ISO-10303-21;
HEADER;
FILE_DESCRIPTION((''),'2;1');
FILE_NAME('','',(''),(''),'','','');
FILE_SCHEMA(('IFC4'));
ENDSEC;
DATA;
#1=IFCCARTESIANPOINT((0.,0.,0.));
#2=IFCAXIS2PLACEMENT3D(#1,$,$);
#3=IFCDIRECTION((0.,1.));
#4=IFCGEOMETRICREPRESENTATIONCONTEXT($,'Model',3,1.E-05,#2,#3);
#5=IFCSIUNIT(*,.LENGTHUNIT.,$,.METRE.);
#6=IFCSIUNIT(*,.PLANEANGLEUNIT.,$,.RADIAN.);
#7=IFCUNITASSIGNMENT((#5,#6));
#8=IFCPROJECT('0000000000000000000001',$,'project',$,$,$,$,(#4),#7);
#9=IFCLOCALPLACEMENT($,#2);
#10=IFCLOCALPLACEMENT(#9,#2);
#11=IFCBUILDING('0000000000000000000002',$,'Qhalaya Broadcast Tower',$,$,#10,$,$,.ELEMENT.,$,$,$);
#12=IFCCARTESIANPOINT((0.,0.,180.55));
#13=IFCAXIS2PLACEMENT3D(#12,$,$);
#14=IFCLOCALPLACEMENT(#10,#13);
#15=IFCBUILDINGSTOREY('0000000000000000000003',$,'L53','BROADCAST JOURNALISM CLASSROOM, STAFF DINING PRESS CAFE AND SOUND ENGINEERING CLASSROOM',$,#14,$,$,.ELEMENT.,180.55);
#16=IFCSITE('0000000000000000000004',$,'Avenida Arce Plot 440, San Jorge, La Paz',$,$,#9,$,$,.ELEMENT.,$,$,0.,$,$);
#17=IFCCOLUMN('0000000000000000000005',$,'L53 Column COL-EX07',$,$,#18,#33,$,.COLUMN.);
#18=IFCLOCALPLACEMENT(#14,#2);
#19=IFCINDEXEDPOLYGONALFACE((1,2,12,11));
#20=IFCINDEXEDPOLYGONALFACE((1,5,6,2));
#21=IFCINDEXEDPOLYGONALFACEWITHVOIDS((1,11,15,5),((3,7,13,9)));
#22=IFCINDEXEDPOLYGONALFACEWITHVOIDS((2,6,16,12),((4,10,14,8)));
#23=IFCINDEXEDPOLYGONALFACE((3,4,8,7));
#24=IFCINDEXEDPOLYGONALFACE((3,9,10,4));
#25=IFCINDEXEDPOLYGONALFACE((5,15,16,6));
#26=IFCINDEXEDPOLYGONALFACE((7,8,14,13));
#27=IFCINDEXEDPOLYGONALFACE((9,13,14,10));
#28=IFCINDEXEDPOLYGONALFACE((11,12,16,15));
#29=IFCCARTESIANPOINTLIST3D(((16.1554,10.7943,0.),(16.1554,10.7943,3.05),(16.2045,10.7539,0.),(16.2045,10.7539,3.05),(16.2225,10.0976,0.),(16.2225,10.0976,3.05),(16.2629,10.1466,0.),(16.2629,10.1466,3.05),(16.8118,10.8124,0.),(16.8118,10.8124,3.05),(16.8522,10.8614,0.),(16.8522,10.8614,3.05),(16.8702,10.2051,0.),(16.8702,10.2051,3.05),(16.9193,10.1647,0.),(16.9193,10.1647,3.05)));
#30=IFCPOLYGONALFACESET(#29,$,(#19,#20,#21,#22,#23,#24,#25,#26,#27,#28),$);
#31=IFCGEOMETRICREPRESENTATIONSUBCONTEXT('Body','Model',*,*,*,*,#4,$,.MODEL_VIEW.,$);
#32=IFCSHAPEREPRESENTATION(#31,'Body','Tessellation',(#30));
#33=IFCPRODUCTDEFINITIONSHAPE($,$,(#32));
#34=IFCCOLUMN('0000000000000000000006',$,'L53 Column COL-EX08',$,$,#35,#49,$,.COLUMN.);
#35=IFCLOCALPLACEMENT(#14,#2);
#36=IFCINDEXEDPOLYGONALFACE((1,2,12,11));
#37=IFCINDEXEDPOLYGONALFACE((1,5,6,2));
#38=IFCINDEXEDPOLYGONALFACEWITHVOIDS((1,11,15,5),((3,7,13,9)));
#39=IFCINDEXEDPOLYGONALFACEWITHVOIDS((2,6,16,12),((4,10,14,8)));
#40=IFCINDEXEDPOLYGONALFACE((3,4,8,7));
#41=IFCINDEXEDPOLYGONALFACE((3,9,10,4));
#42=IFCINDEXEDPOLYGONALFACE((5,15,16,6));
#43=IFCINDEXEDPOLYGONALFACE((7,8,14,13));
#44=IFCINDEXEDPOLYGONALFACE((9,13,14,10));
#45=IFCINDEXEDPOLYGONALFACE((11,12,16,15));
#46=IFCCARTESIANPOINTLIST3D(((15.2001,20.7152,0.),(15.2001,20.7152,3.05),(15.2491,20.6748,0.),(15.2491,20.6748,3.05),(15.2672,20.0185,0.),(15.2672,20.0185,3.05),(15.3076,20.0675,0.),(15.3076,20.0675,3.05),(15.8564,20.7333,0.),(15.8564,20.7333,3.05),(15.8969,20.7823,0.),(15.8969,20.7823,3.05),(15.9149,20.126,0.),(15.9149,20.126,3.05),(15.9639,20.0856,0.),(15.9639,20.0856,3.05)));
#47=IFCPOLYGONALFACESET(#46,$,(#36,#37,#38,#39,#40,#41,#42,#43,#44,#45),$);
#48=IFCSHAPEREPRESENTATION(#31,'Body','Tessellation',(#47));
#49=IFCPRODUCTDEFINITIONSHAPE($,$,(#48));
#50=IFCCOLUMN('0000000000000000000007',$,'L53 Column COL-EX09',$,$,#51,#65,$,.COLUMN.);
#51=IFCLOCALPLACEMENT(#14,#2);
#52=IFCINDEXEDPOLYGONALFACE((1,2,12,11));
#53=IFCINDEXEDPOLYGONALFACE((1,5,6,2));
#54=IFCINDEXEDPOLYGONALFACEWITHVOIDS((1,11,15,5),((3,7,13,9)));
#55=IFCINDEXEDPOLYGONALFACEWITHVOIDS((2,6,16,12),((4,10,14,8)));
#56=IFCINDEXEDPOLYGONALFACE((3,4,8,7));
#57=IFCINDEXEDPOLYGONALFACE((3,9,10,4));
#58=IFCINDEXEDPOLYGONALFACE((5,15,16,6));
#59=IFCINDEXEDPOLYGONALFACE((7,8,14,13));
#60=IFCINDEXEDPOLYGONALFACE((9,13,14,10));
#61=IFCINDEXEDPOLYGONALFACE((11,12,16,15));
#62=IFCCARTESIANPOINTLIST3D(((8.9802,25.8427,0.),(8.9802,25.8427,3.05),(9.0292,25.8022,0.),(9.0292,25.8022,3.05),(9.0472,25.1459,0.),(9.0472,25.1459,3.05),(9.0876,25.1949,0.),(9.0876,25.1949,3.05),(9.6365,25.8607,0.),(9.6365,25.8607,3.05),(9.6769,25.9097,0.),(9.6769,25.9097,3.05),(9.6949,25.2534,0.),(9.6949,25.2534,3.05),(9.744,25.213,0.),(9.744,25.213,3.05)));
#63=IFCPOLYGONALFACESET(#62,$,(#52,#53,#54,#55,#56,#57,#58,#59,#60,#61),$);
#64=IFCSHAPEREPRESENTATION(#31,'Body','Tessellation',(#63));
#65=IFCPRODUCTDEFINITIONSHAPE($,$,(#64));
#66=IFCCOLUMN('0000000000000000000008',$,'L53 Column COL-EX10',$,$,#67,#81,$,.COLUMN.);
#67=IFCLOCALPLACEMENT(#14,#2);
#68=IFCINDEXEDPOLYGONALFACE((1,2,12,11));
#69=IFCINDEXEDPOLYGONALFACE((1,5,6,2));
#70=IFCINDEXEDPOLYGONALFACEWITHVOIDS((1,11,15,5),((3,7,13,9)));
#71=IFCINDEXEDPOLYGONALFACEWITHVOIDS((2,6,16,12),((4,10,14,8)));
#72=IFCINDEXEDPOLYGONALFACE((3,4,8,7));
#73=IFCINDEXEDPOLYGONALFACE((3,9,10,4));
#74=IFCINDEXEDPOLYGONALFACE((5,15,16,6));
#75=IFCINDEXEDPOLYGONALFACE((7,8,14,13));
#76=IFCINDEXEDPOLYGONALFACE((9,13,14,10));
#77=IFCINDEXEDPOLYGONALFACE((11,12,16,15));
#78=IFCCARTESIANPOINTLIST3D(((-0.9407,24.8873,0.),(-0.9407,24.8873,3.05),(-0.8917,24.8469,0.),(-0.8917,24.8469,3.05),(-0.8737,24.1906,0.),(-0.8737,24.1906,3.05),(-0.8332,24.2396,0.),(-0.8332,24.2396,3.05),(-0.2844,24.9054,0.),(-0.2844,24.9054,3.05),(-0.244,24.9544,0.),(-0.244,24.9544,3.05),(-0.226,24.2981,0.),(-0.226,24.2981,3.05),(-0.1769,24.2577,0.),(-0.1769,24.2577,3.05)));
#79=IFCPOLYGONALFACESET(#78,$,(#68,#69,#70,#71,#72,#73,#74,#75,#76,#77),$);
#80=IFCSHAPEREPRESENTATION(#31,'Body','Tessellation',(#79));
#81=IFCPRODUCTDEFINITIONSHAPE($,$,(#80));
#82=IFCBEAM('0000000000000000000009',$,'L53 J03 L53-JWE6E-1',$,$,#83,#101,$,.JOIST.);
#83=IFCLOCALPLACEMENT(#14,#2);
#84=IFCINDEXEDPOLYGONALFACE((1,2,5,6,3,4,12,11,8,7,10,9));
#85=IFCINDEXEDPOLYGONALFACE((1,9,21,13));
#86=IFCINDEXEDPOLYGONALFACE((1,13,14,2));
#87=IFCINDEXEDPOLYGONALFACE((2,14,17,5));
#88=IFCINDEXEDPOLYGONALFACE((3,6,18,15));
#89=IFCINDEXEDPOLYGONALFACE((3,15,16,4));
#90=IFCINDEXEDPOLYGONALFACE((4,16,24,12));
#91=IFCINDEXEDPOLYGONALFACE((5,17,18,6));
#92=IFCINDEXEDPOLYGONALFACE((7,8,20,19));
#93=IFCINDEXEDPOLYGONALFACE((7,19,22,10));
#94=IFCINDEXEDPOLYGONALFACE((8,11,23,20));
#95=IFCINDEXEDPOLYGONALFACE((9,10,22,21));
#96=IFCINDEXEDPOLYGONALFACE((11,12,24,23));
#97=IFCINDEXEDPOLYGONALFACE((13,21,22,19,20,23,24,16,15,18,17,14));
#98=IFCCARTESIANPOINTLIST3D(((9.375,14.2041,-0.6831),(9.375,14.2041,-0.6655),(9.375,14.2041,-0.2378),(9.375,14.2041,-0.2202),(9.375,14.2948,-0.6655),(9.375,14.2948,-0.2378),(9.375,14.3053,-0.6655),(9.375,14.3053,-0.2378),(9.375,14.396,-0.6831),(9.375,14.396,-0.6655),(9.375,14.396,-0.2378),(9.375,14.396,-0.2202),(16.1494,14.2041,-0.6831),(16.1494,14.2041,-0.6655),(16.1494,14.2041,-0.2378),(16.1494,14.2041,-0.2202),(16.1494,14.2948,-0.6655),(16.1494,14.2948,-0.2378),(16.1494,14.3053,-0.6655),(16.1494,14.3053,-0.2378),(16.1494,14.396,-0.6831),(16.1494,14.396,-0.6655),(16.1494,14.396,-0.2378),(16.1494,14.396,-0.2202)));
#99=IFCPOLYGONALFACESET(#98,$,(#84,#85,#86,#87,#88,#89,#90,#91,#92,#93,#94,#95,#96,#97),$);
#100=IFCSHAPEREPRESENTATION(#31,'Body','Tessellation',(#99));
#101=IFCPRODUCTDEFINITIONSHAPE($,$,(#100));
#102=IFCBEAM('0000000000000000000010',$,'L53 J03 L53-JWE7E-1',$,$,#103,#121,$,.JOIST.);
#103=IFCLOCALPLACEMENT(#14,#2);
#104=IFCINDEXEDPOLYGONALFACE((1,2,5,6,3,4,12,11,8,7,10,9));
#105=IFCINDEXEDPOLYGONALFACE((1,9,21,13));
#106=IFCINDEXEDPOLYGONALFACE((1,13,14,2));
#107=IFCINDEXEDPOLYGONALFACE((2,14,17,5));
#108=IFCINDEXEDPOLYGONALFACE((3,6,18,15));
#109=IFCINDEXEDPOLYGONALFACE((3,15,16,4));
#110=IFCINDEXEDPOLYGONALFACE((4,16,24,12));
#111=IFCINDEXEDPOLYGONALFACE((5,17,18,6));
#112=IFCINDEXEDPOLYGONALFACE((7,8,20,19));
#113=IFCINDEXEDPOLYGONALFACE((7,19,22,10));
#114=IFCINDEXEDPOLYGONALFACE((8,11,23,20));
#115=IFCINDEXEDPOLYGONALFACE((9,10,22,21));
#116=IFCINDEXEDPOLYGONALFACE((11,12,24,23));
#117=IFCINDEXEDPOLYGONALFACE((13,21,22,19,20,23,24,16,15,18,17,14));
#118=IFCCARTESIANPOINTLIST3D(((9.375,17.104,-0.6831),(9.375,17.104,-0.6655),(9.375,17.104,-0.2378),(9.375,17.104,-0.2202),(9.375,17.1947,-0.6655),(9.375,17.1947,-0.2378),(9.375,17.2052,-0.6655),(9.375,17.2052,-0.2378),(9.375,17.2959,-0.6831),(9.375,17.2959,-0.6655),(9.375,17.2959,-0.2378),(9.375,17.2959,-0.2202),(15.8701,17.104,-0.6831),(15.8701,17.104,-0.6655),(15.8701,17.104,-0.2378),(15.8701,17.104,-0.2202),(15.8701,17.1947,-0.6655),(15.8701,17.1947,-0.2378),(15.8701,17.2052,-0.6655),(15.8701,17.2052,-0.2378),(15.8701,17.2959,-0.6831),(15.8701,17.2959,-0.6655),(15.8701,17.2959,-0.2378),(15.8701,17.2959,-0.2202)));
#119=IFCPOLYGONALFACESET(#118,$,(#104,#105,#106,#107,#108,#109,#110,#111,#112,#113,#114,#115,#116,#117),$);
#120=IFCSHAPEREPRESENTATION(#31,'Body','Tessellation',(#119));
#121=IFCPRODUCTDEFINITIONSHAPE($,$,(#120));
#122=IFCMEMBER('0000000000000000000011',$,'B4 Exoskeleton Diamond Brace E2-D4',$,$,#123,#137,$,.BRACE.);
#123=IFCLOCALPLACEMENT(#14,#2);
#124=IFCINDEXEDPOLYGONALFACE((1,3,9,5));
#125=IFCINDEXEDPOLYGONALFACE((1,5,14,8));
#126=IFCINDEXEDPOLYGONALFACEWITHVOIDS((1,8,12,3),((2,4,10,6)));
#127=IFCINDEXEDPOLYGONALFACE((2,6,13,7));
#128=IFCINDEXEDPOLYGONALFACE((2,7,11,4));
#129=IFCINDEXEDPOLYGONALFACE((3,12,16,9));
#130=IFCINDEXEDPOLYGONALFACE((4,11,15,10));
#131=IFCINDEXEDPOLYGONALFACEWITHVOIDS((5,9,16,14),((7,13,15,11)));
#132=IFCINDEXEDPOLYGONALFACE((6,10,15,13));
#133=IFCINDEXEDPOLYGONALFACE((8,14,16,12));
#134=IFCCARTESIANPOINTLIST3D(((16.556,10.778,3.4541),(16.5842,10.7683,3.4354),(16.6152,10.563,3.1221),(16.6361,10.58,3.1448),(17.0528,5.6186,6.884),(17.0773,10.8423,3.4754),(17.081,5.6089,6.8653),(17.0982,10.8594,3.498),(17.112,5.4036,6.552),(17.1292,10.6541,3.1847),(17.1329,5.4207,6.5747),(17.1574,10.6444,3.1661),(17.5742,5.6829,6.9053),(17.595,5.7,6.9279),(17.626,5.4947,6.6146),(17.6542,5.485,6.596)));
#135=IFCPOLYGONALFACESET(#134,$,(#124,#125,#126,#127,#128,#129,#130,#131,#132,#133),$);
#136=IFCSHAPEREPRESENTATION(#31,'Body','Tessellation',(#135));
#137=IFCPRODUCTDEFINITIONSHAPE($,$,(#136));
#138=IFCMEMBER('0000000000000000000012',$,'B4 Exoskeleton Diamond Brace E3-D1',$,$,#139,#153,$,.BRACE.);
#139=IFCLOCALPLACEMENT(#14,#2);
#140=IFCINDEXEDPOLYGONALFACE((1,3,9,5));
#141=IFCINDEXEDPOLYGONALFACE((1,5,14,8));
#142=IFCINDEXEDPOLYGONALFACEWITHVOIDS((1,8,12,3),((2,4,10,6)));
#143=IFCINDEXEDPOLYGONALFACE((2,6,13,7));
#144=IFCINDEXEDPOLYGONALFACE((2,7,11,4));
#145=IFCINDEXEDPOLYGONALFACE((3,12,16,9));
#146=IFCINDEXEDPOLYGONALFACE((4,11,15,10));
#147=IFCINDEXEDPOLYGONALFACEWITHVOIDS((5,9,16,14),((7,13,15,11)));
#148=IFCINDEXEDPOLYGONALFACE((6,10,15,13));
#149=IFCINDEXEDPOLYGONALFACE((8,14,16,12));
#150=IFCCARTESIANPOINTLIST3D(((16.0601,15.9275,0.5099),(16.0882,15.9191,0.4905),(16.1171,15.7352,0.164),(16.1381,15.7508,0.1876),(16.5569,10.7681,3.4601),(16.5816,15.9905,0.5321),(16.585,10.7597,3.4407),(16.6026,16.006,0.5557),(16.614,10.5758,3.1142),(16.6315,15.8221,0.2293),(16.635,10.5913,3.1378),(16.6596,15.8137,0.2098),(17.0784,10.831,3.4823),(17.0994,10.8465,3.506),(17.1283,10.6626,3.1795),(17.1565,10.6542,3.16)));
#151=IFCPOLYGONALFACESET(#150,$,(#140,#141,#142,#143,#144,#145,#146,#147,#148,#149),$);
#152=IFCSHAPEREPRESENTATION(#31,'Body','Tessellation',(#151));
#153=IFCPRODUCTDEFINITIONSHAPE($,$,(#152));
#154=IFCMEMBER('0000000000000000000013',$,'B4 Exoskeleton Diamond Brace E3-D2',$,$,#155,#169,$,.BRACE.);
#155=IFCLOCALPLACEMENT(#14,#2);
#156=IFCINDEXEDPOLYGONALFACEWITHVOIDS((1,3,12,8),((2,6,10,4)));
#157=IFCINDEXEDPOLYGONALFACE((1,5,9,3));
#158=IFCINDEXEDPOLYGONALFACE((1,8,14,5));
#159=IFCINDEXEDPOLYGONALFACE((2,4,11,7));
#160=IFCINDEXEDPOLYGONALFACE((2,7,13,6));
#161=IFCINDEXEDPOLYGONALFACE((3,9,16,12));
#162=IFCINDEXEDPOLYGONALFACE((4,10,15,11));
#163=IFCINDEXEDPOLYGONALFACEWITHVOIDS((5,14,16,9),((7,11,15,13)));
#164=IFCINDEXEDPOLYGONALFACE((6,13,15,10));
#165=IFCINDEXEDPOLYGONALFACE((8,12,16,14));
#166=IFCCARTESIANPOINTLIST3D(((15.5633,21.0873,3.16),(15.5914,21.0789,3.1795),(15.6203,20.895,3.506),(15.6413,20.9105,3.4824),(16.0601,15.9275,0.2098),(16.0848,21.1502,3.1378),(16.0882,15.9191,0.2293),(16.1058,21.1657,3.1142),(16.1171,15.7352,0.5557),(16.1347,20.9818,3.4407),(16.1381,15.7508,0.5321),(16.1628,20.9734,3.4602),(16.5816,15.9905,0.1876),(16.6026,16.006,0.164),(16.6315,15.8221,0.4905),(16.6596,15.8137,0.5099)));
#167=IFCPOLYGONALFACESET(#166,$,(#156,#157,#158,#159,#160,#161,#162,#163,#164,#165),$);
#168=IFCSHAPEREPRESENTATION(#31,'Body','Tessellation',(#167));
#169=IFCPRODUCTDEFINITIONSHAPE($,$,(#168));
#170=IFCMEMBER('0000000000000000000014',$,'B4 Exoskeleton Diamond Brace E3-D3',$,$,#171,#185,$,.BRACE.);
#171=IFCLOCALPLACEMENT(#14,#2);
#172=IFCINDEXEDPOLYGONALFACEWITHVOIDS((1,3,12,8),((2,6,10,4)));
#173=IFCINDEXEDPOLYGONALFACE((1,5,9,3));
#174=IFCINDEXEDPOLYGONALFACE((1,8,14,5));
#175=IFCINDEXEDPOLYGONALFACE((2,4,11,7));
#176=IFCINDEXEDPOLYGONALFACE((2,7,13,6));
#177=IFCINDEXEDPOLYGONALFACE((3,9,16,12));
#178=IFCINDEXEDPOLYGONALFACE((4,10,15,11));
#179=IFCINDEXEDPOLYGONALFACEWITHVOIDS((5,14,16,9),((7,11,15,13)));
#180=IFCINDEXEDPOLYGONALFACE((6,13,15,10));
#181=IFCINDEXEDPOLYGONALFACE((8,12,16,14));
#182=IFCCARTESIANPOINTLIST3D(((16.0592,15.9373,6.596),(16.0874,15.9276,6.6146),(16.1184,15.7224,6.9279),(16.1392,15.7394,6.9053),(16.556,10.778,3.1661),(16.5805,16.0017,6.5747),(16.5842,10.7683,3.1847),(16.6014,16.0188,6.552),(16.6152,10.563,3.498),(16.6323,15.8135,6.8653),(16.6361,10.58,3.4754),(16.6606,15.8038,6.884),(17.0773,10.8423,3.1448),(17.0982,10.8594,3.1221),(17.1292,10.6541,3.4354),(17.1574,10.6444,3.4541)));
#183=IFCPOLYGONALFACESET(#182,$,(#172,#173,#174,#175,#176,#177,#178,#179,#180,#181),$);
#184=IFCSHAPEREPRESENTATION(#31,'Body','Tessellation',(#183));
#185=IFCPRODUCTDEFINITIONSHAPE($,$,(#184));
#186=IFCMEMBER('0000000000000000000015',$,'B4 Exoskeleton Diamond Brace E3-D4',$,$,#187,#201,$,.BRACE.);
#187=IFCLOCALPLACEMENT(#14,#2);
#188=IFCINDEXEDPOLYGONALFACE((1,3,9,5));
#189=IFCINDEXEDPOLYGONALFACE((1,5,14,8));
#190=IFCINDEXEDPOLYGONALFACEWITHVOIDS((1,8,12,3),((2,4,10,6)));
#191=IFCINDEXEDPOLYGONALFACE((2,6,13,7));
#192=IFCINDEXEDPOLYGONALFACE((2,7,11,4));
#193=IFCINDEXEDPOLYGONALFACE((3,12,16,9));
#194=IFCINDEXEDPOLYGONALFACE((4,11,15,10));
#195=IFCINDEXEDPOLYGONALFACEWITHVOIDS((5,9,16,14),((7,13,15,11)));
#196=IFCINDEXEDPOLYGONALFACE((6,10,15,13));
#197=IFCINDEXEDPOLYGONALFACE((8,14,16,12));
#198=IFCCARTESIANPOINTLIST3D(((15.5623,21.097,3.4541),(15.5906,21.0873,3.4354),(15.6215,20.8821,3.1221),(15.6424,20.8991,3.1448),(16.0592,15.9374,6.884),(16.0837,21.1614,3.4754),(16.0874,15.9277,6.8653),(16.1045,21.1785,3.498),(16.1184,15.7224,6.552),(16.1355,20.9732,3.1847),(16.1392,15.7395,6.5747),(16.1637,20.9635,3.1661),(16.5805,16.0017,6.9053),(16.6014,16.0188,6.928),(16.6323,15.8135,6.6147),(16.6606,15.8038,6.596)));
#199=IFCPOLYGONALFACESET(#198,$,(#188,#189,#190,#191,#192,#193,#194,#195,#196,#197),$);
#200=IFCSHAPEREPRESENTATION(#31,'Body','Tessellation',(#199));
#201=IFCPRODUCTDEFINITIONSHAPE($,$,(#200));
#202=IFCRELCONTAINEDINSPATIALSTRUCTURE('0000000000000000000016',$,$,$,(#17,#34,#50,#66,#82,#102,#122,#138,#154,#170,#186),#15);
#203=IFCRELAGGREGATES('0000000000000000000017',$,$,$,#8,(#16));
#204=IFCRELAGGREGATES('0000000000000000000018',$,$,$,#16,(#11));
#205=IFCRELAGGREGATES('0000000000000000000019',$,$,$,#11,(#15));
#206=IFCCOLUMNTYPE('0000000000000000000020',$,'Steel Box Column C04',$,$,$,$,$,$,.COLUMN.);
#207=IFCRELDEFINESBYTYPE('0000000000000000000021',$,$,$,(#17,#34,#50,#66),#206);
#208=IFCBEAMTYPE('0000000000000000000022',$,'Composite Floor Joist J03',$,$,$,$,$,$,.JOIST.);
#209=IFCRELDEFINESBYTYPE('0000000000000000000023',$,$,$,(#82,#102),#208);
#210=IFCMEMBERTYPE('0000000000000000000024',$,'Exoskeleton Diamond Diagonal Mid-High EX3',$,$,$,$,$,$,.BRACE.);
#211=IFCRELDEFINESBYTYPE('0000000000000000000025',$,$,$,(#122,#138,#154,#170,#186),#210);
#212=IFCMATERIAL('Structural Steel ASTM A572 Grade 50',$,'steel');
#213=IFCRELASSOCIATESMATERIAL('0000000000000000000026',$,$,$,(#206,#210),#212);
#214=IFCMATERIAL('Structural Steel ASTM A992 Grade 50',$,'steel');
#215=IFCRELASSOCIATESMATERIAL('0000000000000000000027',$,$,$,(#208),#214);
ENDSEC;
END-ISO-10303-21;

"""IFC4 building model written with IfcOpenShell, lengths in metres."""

from ifc_helpers import new_model, si_unit, direction, frame, origin, origin_2d, place, context, subcontext, project, spatial, hollow_rectangle, i_section, extrude, material, material_profile, profile_set, type_object, element, save


model = new_model("IFC4")

# Units and contexts
model_context = context("Model", 3, precision=1e-05, world=origin(), true_north=direction((0.0, 1.0)))
body_context = subcontext(model_context, "Body", "Model", "MODEL_VIEW")
ifc_project = project(units=[si_unit("LENGTHUNIT", "METRE"), si_unit("PLANEANGLEUNIT", "RADIAN")], contexts=[model_context])

# Site, building, storey
site_placement = place(None, origin())
site = spatial("IfcSite", under=ifc_project, at=site_placement, Name="Avenida Arce Plot 440, San Jorge, La Paz", CompositionType="ELEMENT", RefElevation=0.0)
building_placement = place(site_placement, origin())
building = spatial("IfcBuilding", under=site, at=building_placement, Name="Qhalaya Broadcast Tower", CompositionType="ELEMENT")
storey_placement = place(building_placement, frame((0.0, 0.0, 180.55)))
storey = spatial("IfcBuildingStorey", under=building, at=storey_placement, Name="L53", Description="BROADCAST JOURNALISM CLASSROOM, STAFF DINING PRESS CAFE AND SOUND ENGINEERING CLASSROOM", CompositionType="ELEMENT", Elevation=180.55)

# Columns
ifc_material_1 = material(Name="Structural Steel ASTM A572 Grade 50", Category="steel")
ifc_material_profile_1 = material_profile(ifc_material_1, hollow_rectangle(XDim=0.7, YDim=0.7, WallThickness=0.0449, at=origin_2d()), Name="BOX 700x700x45")
ifc_profile_set_1 = profile_set([ifc_material_profile_1], Name="Structural Steel ASTM A572 Grade 50")
column_type = type_object("IfcColumnType", Name="Steel Box Column C04", PredefinedType="COLUMN", material=ifc_profile_set_1)
for number, where, z_axis, x_axis, name in (
    (1, (16.5374, 10.4795, 0.0), (0.0, 0.0, 1.0), (-0.095846, 0.995396, 0.0), "L53 Column COL-EX07"),
    (2, (15.582, 20.4004, 0.0), (0.0, 0.0, 1.0), (-0.095846, 0.995396, 0.0), "L53 Column COL-EX08"),
    (3, (9.3621, 25.5278, 0.0), (0.0, 0.0, 1.0), (0.995396, 0.095846, 0.0), "L53 Column COL-EX09"),
    (4, (-0.5588, 24.5725, 0.0), (0.0, 0.0, 1.0), (0.995396, 0.095846, 0.0), "L53 Column COL-EX10"),
):
    element("IfcColumn", number, at=place(storey_placement, frame(where, z_axis=z_axis, x_axis=x_axis)), inside=storey, type_object=column_type, Name=name, PredefinedType="COLUMN", context=body_context, shape_type="SweptSolid", body=[
        extrude(hollow_rectangle(XDim=0.7, YDim=0.7, WallThickness=0.0449, at=origin_2d()), origin(), (0.0, 0.0, 1.0), 3.05),
    ])

# Beams
ifc_material_2 = material(Name="Structural Steel ASTM A992 Grade 50", Category="steel")
ifc_material_profile_2 = material_profile(ifc_material_2, i_section(OverallWidth=0.1919, OverallDepth=0.4629, WebThickness=0.0105, FlangeThickness=0.0176, at=origin_2d()), Name="W18X60")
ifc_profile_set_2 = profile_set([ifc_material_profile_2], Name="Structural Steel ASTM A992 Grade 50")
beam_type_1 = type_object("IfcBeamType", Name="Composite Floor Joist J03", PredefinedType="JOIST", material=ifc_profile_set_2)
beam_1_placement = place(storey_placement, frame((9.375, 14.3, -0.4517), z_axis=(1.0, 0.0, 0.0), x_axis=(0.0, 1.0, 0.0)))
element("IfcBeam", 5, at=beam_1_placement, inside=storey, type_object=beam_type_1, Name="L53 J03 L53-JWE6E-1", PredefinedType="JOIST", context=body_context, shape_type="SweptSolid", body=[
    extrude(i_section(OverallWidth=0.1919, OverallDepth=0.4629, WebThickness=0.0105, FlangeThickness=0.0176, at=origin_2d()), origin(), (0.0, 0.0, 1.0), 6.7744),
])
beam_2_placement = place(storey_placement, frame((9.375, 17.2, -0.4517), z_axis=(1.0, 0.0, 0.0), x_axis=(0.0, 1.0, 0.0)))
element("IfcBeam", 6, at=beam_2_placement, inside=storey, type_object=beam_type_1, Name="L53 J03 L53-JWE7E-1", PredefinedType="JOIST", context=body_context, shape_type="SweptSolid", body=[
    extrude(i_section(OverallWidth=0.1919, OverallDepth=0.4629, WebThickness=0.0105, FlangeThickness=0.0176, at=origin_2d()), origin(), (0.0, 0.0, 1.0), 6.4951),
])

# Members
ifc_material_profile_3 = material_profile(ifc_material_1, hollow_rectangle(XDim=0.3999, YDim=0.55, WallThickness=0.0249, at=origin_2d()), Name="BOX 400x550x25")
ifc_profile_set_3 = profile_set([ifc_material_profile_3], Name="Structural Steel ASTM A572 Grade 50")
member_type = type_object("IfcMemberType", Name="Exoskeleton Diamond Diagonal Mid-High EX3", PredefinedType="BRACE", material=ifc_profile_set_3)
member_1_placement = place(storey_placement, frame((16.8567, 10.7112, 3.3101), z_axis=(0.079935, -0.830106, 0.551846), x_axis=(-0.148056, 0.537589, 0.830107)))
element("IfcMember", 7, at=member_1_placement, inside=storey, type_object=member_type, Name="B4 Exoskeleton Diamond Brace E2-D4", PredefinedType="BRACE", context=body_context, shape_type="SweptSolid", body=[
    extrude(hollow_rectangle(XDim=0.3999, YDim=0.55, WallThickness=0.0249, at=origin_2d()), origin(), (0.0, 0.0, 1.0), 6.2153),
])
member_2_placement = place(storey_placement, frame((16.3599, 15.8706, 0.3599), z_axis=(0.083303, -0.865084, 0.494661), x_axis=(-0.1426, 0.48093, 0.865085)))
element("IfcMember", 8, at=member_2_placement, inside=storey, type_object=member_type, Name="B4 Exoskeleton Diamond Brace E3-D1", PredefinedType="BRACE", context=body_context, shape_type="SweptSolid", body=[
    extrude(hollow_rectangle(XDim=0.3999, YDim=0.55, WallThickness=0.0249, at=origin_2d()), origin(), (0.0, 0.0, 1.0), 5.9641),
])
member_3_placement = place(storey_placement, frame((16.3599, 15.8706, 0.3599), z_axis=(-0.0833, 0.865095, 0.494644), x_axis=(0.142596, -0.480913, 0.865095)))
element("IfcMember", 9, at=member_3_placement, inside=storey, type_object=member_type, Name="B4 Exoskeleton Diamond Brace E3-D2", PredefinedType="BRACE", context=body_context, shape_type="SweptSolid", body=[
    extrude(hollow_rectangle(XDim=0.3999, YDim=0.55, WallThickness=0.0249, at=origin_2d()), origin(), (0.0, 0.0, 1.0), 5.9644),
])
member_4_placement = place(storey_placement, frame((16.8567, 10.7112, 3.3101), z_axis=(-0.079935, 0.830106, 0.551846), x_axis=(0.148056, -0.537589, 0.830107)))
element("IfcMember", 10, at=member_4_placement, inside=storey, type_object=member_type, Name="B4 Exoskeleton Diamond Brace E3-D3", PredefinedType="BRACE", context=body_context, shape_type="SweptSolid", body=[
    extrude(hollow_rectangle(XDim=0.3999, YDim=0.55, WallThickness=0.0249, at=origin_2d()), origin(), (0.0, 0.0, 1.0), 6.2153),
])
member_5_placement = place(storey_placement, frame((15.863, 21.0303, 3.3101), z_axis=(0.079932, -0.830118, 0.551828), x_axis=(-0.148052, 0.537572, 0.830119)))
element("IfcMember", 11, at=member_5_placement, inside=storey, type_object=member_type, Name="B4 Exoskeleton Diamond Brace E3-D4", PredefinedType="BRACE", context=body_context, shape_type="SweptSolid", body=[
    extrude(hollow_rectangle(XDim=0.3999, YDim=0.55, WallThickness=0.0249, at=origin_2d()), origin(), (0.0, 0.0, 1.0), 6.2156),
])

save(model, "model.ifc")
